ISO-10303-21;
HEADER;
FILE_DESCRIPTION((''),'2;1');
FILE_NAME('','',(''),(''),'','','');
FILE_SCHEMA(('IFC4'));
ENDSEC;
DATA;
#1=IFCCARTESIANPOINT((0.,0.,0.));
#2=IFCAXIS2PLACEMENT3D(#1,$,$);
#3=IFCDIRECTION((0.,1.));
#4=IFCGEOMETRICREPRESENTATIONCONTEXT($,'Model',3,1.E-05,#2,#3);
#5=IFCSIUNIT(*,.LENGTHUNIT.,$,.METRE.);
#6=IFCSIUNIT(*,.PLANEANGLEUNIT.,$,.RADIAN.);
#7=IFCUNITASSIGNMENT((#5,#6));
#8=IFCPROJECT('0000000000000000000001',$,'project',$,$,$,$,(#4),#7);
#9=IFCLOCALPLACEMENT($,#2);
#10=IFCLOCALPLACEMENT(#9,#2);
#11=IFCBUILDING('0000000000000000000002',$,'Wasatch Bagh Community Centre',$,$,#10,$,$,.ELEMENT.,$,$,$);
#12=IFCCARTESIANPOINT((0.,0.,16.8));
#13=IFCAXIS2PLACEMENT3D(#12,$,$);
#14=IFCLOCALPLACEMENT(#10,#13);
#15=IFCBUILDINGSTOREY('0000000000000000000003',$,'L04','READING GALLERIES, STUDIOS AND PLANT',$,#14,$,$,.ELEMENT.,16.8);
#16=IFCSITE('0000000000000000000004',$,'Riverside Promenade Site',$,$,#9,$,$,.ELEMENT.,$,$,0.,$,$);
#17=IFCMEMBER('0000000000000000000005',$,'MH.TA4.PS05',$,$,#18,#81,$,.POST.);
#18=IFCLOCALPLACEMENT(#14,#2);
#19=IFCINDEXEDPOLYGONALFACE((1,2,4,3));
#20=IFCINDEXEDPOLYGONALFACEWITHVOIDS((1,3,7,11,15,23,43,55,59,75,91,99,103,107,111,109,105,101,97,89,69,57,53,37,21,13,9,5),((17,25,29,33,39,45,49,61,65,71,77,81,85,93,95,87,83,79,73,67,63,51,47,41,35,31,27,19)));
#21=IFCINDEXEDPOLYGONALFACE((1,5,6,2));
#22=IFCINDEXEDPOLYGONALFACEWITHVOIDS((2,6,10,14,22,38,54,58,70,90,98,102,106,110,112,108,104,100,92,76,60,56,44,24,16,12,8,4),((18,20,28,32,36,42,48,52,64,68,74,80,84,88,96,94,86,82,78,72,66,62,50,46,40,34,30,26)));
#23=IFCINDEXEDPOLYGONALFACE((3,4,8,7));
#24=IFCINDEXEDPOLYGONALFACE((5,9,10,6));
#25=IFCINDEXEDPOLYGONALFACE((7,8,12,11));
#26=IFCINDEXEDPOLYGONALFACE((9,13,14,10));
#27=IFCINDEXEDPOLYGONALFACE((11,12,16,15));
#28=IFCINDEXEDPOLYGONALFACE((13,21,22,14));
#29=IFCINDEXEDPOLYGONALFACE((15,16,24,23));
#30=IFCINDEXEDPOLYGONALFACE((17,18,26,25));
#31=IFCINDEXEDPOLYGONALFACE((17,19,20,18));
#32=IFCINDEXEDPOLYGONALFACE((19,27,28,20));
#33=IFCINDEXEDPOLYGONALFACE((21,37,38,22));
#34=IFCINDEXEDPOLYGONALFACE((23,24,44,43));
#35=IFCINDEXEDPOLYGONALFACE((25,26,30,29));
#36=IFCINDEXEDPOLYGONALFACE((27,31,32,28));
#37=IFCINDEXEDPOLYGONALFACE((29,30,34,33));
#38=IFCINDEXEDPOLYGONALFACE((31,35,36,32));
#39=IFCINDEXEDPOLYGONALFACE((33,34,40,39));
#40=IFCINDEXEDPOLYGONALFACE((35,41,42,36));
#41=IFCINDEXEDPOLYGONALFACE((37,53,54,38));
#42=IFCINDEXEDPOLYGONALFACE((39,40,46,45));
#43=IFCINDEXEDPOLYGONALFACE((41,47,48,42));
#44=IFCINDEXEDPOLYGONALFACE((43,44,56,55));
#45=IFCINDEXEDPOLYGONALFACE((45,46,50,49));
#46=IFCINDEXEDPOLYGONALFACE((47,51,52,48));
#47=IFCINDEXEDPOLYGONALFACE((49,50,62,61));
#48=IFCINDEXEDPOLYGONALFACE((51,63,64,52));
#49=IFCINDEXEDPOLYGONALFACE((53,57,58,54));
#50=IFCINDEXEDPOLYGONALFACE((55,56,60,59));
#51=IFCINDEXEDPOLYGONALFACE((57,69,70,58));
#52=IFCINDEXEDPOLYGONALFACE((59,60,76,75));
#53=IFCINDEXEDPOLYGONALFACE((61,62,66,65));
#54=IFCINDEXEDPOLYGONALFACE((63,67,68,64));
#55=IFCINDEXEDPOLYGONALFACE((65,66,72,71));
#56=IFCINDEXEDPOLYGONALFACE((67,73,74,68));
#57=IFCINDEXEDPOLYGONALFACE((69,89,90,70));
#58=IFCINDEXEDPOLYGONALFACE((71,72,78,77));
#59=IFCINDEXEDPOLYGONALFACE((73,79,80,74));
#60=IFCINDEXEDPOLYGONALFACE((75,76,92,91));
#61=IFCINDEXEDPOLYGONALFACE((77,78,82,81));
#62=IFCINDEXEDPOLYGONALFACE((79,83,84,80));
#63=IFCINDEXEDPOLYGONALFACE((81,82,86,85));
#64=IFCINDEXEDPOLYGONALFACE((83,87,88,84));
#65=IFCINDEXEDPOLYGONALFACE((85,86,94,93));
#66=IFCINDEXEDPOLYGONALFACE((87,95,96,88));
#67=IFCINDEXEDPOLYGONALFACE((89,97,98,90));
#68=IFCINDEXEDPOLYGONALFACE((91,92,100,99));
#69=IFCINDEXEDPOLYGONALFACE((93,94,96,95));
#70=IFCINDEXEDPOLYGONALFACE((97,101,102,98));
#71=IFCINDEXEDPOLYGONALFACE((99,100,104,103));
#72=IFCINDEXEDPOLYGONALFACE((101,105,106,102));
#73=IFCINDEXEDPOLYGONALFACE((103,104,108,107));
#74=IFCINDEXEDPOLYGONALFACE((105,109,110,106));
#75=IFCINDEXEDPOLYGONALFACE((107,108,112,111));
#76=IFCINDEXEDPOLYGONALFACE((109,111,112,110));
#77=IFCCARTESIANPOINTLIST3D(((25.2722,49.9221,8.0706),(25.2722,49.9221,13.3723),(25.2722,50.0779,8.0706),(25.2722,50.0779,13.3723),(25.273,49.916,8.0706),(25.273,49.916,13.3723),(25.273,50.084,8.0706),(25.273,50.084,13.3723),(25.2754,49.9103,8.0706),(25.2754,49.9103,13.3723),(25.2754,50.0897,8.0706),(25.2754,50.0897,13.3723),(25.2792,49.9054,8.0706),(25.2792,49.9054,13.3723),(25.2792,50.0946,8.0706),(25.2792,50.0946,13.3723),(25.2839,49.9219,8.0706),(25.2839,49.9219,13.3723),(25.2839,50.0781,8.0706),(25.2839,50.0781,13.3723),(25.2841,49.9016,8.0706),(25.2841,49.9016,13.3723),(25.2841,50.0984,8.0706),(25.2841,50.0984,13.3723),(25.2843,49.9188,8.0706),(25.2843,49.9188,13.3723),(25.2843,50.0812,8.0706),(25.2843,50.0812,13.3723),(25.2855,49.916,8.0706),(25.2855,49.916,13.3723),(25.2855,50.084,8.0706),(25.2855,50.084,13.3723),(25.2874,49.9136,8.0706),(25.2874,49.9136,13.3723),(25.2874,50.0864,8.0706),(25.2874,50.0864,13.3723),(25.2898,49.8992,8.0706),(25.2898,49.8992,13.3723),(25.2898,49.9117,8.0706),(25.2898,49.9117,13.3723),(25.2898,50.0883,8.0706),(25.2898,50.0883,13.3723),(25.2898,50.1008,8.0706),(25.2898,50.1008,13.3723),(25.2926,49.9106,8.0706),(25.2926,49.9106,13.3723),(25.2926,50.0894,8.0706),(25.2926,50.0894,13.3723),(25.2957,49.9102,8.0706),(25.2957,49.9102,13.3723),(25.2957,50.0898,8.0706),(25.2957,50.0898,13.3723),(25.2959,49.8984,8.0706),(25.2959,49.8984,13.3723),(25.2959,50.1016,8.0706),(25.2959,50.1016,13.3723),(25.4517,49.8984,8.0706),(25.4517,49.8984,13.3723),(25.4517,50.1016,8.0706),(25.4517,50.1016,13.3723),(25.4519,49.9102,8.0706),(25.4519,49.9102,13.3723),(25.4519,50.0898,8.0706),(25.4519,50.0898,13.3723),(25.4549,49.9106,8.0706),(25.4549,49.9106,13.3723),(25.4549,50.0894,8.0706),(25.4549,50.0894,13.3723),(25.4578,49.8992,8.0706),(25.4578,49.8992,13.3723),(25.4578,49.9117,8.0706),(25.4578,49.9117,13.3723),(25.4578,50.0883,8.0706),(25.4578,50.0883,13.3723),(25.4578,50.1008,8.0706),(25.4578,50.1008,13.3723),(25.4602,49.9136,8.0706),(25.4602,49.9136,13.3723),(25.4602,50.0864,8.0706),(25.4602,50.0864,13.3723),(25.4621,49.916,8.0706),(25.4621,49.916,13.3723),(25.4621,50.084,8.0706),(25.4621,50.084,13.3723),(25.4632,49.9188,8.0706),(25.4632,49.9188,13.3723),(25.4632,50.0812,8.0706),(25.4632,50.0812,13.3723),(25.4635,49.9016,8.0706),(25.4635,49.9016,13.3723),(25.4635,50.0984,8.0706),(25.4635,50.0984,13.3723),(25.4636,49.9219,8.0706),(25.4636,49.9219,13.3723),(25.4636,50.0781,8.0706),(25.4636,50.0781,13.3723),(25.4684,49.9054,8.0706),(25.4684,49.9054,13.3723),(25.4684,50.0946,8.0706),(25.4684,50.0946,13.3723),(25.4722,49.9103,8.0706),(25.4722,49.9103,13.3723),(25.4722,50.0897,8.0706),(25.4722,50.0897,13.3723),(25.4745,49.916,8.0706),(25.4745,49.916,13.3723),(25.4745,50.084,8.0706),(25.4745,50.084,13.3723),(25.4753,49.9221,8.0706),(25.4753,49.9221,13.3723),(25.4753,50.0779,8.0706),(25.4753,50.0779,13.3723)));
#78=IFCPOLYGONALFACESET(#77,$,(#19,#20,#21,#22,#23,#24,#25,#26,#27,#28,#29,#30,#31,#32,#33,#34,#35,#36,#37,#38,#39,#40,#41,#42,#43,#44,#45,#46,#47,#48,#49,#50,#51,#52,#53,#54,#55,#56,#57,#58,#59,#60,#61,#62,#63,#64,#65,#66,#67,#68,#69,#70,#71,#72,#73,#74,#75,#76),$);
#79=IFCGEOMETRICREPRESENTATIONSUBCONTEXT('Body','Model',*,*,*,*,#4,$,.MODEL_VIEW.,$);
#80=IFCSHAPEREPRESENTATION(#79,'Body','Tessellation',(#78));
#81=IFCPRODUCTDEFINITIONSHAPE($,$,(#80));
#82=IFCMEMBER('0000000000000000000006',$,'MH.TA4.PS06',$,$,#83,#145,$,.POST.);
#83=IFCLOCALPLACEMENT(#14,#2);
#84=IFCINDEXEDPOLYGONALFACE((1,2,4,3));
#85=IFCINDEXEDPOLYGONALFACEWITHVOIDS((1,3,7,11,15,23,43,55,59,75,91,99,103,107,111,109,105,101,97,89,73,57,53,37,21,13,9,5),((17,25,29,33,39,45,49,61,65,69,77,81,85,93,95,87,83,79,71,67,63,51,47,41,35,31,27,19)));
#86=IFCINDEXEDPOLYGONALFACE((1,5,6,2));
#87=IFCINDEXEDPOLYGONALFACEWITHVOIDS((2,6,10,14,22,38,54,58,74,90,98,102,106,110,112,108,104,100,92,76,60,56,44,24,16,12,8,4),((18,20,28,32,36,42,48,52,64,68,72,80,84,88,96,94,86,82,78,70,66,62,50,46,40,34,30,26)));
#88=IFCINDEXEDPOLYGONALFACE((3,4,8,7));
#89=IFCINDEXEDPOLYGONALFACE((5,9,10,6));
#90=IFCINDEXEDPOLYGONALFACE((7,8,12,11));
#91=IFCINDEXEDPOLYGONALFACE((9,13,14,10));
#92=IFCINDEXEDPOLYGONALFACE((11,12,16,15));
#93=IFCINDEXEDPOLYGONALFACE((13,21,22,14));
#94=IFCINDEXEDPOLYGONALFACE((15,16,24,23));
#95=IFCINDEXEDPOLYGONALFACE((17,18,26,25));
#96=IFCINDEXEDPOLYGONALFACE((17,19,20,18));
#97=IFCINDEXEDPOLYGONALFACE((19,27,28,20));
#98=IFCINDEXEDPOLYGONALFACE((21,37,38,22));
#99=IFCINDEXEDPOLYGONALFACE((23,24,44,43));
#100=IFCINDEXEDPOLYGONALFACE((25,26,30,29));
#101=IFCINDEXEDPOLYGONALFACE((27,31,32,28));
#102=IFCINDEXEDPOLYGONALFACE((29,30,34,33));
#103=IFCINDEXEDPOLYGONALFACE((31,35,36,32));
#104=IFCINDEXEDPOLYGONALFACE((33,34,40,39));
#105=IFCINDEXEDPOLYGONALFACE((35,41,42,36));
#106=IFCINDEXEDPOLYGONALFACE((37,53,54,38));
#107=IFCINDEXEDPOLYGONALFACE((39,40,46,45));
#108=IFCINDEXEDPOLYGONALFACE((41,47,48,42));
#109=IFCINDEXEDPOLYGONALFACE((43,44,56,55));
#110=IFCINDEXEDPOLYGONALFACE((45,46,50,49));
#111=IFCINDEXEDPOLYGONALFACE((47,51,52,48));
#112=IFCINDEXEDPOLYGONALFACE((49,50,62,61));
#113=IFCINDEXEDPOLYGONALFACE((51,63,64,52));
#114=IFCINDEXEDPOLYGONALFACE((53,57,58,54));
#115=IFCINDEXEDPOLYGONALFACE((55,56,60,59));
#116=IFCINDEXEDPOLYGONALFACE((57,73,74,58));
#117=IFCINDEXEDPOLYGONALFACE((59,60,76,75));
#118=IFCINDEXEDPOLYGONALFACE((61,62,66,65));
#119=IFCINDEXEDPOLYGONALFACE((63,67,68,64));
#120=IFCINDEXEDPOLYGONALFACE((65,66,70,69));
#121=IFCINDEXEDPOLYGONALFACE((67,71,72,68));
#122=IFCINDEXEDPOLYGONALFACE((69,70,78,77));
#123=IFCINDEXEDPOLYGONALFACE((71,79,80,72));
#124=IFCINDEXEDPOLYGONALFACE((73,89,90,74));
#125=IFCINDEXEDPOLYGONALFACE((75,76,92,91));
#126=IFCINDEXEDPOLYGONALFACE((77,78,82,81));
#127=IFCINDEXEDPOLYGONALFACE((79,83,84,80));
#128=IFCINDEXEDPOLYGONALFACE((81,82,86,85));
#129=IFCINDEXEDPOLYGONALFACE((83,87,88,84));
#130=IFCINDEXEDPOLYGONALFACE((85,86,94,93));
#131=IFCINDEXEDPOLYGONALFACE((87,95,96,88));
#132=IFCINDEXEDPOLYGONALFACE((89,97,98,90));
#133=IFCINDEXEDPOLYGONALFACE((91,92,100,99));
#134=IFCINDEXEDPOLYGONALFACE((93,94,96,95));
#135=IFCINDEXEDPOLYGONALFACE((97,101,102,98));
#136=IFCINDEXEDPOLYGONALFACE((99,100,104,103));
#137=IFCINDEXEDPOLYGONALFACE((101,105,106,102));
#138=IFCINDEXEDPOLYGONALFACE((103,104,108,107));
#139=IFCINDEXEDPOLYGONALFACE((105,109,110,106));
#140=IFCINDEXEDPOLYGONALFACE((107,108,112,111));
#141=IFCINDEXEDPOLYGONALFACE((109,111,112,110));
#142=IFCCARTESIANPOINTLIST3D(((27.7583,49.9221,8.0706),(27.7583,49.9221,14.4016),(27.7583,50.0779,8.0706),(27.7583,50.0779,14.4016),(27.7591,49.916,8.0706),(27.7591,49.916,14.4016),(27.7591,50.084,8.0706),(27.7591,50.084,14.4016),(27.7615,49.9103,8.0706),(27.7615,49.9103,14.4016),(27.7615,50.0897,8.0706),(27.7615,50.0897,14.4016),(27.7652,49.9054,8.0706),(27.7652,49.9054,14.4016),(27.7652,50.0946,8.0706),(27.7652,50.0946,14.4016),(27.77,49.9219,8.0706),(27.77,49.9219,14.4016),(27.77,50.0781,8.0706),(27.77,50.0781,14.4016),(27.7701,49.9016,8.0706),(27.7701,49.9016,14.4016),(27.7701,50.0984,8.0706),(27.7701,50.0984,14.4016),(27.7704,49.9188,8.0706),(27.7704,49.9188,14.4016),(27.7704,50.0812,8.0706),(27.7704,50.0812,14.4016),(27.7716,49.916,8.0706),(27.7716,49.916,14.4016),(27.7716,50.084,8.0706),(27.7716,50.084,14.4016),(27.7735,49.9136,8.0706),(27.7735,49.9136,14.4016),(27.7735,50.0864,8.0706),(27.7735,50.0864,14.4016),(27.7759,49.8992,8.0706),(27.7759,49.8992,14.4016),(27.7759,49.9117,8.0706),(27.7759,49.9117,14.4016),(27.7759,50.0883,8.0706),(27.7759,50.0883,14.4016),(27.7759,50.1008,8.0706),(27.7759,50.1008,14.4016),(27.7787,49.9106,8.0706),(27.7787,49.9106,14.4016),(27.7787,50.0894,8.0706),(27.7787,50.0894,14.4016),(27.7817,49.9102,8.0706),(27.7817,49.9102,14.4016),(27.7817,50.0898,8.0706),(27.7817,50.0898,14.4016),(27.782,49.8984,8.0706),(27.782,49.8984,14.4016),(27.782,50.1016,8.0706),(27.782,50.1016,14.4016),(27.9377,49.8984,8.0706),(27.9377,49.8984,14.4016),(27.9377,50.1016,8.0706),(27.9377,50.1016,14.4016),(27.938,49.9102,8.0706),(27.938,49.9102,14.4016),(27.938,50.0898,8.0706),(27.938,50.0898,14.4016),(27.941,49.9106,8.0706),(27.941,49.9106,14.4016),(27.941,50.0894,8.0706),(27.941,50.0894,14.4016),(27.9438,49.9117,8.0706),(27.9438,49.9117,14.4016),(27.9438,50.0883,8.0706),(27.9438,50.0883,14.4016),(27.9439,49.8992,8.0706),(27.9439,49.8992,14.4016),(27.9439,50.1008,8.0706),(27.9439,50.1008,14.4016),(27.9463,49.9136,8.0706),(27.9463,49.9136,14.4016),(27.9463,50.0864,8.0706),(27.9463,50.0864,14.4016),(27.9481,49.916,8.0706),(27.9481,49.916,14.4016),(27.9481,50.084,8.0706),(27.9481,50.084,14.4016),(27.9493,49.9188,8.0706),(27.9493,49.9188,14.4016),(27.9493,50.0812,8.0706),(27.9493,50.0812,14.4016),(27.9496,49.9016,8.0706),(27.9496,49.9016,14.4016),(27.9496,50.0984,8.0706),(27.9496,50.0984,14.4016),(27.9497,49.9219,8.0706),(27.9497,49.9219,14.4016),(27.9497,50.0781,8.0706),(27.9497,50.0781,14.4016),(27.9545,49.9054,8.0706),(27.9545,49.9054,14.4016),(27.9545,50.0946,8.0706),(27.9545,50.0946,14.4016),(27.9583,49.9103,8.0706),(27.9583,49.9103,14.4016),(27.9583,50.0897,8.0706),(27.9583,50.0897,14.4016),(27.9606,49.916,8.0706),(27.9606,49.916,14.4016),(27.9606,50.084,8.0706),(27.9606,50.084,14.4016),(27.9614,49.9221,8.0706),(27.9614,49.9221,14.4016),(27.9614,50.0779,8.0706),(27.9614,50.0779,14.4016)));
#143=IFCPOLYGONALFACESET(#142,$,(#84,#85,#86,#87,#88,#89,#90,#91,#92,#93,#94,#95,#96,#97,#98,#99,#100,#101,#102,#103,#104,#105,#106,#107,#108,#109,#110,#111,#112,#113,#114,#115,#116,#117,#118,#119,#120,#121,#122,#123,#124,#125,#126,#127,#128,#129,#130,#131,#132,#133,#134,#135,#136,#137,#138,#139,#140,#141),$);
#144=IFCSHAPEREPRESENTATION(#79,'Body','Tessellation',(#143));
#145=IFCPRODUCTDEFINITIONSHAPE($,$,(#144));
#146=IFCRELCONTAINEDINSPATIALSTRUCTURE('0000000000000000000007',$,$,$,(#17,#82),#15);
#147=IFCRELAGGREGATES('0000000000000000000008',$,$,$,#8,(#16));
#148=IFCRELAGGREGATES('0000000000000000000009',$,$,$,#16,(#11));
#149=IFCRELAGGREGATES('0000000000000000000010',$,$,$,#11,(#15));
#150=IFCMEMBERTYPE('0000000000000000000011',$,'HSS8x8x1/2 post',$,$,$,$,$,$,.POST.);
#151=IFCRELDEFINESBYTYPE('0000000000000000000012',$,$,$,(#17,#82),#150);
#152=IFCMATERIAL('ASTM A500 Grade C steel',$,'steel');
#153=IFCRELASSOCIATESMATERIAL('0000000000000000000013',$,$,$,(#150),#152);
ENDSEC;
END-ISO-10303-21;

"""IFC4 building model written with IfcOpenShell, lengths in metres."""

from ifc_helpers import new_model, si_unit, direction, frame, origin, origin_2d, place, context, subcontext, project, spatial, hollow_rectangle, extrude, material, material_profile, profile_set, type_object, element, save


model = new_model("IFC4")

# Units and contexts
model_context = context("Model", 3, precision=1e-05, world=origin(), true_north=direction((0.0, 1.0)))
body_context = subcontext(model_context, "Body", "Model", "MODEL_VIEW")
ifc_project = project(units=[si_unit("LENGTHUNIT", "METRE"), si_unit("PLANEANGLEUNIT", "RADIAN")], contexts=[model_context])

# Site, building, storey
site_placement = place(None, origin())
site = spatial("IfcSite", under=ifc_project, at=site_placement, Name="Riverside Promenade Site", CompositionType="ELEMENT", RefElevation=0.0)
building_placement = place(site_placement, origin())
building = spatial("IfcBuilding", under=site, at=building_placement, Name="Wasatch Bagh Community Centre", CompositionType="ELEMENT")
storey_placement = place(building_placement, frame((0.0, 0.0, 16.8)))
storey = spatial("IfcBuildingStorey", under=building, at=storey_placement, Name="L04", Description="READING GALLERIES, STUDIOS AND PLANT", CompositionType="ELEMENT", Elevation=16.8)

# Members
ifc_material_1 = material(Name="ASTM A500 Grade C steel", Category="steel")
ifc_material_profile_1 = material_profile(ifc_material_1, hollow_rectangle(XDim=0.2031, YDim=0.2031, WallThickness=0.0117, InnerFilletRadius=0.0117, OuterFilletRadius=0.0237, at=origin_2d()), Name="HSS8x8x1/2")
ifc_profile_set_1 = profile_set([ifc_material_profile_1], Name="ASTM A500 Grade C steel")
member_type_1 = type_object("IfcMemberType", Name="HSS8x8x1/2 post", PredefinedType="POST", material=ifc_profile_set_1)
member_1_placement = place(storey_placement, frame((25.3738, 50.0, 8.0706), z_axis=(0.0, 0.0, 1.0), x_axis=(1.0, 0.0, 0.0)))
element("IfcMember", 1, at=member_1_placement, inside=storey, type_object=member_type_1, Name="MH.TA4.PS05", PredefinedType="POST", context=body_context, shape_type="SweptSolid", body=[
    extrude(hollow_rectangle(XDim=0.2031, YDim=0.2031, WallThickness=0.0117, InnerFilletRadius=0.0117, OuterFilletRadius=0.0237, at=origin_2d()), origin(), (0.0, 0.0, 1.0), 5.3018),
])
member_2_placement = place(storey_placement, frame((27.8599, 50.0, 8.0706), z_axis=(0.0, 0.0, 1.0), x_axis=(1.0, 0.0, 0.0)))
element("IfcMember", 2, at=member_2_placement, inside=storey, type_object=member_type_1, Name="MH.TA4.PS06", PredefinedType="POST", context=body_context, shape_type="SweptSolid", body=[
    extrude(hollow_rectangle(XDim=0.2031, YDim=0.2031, WallThickness=0.0117, InnerFilletRadius=0.0117, OuterFilletRadius=0.0237, at=origin_2d()), origin(), (0.0, 0.0, 1.0), 6.3311),
])

save(model, "model.ifc")
